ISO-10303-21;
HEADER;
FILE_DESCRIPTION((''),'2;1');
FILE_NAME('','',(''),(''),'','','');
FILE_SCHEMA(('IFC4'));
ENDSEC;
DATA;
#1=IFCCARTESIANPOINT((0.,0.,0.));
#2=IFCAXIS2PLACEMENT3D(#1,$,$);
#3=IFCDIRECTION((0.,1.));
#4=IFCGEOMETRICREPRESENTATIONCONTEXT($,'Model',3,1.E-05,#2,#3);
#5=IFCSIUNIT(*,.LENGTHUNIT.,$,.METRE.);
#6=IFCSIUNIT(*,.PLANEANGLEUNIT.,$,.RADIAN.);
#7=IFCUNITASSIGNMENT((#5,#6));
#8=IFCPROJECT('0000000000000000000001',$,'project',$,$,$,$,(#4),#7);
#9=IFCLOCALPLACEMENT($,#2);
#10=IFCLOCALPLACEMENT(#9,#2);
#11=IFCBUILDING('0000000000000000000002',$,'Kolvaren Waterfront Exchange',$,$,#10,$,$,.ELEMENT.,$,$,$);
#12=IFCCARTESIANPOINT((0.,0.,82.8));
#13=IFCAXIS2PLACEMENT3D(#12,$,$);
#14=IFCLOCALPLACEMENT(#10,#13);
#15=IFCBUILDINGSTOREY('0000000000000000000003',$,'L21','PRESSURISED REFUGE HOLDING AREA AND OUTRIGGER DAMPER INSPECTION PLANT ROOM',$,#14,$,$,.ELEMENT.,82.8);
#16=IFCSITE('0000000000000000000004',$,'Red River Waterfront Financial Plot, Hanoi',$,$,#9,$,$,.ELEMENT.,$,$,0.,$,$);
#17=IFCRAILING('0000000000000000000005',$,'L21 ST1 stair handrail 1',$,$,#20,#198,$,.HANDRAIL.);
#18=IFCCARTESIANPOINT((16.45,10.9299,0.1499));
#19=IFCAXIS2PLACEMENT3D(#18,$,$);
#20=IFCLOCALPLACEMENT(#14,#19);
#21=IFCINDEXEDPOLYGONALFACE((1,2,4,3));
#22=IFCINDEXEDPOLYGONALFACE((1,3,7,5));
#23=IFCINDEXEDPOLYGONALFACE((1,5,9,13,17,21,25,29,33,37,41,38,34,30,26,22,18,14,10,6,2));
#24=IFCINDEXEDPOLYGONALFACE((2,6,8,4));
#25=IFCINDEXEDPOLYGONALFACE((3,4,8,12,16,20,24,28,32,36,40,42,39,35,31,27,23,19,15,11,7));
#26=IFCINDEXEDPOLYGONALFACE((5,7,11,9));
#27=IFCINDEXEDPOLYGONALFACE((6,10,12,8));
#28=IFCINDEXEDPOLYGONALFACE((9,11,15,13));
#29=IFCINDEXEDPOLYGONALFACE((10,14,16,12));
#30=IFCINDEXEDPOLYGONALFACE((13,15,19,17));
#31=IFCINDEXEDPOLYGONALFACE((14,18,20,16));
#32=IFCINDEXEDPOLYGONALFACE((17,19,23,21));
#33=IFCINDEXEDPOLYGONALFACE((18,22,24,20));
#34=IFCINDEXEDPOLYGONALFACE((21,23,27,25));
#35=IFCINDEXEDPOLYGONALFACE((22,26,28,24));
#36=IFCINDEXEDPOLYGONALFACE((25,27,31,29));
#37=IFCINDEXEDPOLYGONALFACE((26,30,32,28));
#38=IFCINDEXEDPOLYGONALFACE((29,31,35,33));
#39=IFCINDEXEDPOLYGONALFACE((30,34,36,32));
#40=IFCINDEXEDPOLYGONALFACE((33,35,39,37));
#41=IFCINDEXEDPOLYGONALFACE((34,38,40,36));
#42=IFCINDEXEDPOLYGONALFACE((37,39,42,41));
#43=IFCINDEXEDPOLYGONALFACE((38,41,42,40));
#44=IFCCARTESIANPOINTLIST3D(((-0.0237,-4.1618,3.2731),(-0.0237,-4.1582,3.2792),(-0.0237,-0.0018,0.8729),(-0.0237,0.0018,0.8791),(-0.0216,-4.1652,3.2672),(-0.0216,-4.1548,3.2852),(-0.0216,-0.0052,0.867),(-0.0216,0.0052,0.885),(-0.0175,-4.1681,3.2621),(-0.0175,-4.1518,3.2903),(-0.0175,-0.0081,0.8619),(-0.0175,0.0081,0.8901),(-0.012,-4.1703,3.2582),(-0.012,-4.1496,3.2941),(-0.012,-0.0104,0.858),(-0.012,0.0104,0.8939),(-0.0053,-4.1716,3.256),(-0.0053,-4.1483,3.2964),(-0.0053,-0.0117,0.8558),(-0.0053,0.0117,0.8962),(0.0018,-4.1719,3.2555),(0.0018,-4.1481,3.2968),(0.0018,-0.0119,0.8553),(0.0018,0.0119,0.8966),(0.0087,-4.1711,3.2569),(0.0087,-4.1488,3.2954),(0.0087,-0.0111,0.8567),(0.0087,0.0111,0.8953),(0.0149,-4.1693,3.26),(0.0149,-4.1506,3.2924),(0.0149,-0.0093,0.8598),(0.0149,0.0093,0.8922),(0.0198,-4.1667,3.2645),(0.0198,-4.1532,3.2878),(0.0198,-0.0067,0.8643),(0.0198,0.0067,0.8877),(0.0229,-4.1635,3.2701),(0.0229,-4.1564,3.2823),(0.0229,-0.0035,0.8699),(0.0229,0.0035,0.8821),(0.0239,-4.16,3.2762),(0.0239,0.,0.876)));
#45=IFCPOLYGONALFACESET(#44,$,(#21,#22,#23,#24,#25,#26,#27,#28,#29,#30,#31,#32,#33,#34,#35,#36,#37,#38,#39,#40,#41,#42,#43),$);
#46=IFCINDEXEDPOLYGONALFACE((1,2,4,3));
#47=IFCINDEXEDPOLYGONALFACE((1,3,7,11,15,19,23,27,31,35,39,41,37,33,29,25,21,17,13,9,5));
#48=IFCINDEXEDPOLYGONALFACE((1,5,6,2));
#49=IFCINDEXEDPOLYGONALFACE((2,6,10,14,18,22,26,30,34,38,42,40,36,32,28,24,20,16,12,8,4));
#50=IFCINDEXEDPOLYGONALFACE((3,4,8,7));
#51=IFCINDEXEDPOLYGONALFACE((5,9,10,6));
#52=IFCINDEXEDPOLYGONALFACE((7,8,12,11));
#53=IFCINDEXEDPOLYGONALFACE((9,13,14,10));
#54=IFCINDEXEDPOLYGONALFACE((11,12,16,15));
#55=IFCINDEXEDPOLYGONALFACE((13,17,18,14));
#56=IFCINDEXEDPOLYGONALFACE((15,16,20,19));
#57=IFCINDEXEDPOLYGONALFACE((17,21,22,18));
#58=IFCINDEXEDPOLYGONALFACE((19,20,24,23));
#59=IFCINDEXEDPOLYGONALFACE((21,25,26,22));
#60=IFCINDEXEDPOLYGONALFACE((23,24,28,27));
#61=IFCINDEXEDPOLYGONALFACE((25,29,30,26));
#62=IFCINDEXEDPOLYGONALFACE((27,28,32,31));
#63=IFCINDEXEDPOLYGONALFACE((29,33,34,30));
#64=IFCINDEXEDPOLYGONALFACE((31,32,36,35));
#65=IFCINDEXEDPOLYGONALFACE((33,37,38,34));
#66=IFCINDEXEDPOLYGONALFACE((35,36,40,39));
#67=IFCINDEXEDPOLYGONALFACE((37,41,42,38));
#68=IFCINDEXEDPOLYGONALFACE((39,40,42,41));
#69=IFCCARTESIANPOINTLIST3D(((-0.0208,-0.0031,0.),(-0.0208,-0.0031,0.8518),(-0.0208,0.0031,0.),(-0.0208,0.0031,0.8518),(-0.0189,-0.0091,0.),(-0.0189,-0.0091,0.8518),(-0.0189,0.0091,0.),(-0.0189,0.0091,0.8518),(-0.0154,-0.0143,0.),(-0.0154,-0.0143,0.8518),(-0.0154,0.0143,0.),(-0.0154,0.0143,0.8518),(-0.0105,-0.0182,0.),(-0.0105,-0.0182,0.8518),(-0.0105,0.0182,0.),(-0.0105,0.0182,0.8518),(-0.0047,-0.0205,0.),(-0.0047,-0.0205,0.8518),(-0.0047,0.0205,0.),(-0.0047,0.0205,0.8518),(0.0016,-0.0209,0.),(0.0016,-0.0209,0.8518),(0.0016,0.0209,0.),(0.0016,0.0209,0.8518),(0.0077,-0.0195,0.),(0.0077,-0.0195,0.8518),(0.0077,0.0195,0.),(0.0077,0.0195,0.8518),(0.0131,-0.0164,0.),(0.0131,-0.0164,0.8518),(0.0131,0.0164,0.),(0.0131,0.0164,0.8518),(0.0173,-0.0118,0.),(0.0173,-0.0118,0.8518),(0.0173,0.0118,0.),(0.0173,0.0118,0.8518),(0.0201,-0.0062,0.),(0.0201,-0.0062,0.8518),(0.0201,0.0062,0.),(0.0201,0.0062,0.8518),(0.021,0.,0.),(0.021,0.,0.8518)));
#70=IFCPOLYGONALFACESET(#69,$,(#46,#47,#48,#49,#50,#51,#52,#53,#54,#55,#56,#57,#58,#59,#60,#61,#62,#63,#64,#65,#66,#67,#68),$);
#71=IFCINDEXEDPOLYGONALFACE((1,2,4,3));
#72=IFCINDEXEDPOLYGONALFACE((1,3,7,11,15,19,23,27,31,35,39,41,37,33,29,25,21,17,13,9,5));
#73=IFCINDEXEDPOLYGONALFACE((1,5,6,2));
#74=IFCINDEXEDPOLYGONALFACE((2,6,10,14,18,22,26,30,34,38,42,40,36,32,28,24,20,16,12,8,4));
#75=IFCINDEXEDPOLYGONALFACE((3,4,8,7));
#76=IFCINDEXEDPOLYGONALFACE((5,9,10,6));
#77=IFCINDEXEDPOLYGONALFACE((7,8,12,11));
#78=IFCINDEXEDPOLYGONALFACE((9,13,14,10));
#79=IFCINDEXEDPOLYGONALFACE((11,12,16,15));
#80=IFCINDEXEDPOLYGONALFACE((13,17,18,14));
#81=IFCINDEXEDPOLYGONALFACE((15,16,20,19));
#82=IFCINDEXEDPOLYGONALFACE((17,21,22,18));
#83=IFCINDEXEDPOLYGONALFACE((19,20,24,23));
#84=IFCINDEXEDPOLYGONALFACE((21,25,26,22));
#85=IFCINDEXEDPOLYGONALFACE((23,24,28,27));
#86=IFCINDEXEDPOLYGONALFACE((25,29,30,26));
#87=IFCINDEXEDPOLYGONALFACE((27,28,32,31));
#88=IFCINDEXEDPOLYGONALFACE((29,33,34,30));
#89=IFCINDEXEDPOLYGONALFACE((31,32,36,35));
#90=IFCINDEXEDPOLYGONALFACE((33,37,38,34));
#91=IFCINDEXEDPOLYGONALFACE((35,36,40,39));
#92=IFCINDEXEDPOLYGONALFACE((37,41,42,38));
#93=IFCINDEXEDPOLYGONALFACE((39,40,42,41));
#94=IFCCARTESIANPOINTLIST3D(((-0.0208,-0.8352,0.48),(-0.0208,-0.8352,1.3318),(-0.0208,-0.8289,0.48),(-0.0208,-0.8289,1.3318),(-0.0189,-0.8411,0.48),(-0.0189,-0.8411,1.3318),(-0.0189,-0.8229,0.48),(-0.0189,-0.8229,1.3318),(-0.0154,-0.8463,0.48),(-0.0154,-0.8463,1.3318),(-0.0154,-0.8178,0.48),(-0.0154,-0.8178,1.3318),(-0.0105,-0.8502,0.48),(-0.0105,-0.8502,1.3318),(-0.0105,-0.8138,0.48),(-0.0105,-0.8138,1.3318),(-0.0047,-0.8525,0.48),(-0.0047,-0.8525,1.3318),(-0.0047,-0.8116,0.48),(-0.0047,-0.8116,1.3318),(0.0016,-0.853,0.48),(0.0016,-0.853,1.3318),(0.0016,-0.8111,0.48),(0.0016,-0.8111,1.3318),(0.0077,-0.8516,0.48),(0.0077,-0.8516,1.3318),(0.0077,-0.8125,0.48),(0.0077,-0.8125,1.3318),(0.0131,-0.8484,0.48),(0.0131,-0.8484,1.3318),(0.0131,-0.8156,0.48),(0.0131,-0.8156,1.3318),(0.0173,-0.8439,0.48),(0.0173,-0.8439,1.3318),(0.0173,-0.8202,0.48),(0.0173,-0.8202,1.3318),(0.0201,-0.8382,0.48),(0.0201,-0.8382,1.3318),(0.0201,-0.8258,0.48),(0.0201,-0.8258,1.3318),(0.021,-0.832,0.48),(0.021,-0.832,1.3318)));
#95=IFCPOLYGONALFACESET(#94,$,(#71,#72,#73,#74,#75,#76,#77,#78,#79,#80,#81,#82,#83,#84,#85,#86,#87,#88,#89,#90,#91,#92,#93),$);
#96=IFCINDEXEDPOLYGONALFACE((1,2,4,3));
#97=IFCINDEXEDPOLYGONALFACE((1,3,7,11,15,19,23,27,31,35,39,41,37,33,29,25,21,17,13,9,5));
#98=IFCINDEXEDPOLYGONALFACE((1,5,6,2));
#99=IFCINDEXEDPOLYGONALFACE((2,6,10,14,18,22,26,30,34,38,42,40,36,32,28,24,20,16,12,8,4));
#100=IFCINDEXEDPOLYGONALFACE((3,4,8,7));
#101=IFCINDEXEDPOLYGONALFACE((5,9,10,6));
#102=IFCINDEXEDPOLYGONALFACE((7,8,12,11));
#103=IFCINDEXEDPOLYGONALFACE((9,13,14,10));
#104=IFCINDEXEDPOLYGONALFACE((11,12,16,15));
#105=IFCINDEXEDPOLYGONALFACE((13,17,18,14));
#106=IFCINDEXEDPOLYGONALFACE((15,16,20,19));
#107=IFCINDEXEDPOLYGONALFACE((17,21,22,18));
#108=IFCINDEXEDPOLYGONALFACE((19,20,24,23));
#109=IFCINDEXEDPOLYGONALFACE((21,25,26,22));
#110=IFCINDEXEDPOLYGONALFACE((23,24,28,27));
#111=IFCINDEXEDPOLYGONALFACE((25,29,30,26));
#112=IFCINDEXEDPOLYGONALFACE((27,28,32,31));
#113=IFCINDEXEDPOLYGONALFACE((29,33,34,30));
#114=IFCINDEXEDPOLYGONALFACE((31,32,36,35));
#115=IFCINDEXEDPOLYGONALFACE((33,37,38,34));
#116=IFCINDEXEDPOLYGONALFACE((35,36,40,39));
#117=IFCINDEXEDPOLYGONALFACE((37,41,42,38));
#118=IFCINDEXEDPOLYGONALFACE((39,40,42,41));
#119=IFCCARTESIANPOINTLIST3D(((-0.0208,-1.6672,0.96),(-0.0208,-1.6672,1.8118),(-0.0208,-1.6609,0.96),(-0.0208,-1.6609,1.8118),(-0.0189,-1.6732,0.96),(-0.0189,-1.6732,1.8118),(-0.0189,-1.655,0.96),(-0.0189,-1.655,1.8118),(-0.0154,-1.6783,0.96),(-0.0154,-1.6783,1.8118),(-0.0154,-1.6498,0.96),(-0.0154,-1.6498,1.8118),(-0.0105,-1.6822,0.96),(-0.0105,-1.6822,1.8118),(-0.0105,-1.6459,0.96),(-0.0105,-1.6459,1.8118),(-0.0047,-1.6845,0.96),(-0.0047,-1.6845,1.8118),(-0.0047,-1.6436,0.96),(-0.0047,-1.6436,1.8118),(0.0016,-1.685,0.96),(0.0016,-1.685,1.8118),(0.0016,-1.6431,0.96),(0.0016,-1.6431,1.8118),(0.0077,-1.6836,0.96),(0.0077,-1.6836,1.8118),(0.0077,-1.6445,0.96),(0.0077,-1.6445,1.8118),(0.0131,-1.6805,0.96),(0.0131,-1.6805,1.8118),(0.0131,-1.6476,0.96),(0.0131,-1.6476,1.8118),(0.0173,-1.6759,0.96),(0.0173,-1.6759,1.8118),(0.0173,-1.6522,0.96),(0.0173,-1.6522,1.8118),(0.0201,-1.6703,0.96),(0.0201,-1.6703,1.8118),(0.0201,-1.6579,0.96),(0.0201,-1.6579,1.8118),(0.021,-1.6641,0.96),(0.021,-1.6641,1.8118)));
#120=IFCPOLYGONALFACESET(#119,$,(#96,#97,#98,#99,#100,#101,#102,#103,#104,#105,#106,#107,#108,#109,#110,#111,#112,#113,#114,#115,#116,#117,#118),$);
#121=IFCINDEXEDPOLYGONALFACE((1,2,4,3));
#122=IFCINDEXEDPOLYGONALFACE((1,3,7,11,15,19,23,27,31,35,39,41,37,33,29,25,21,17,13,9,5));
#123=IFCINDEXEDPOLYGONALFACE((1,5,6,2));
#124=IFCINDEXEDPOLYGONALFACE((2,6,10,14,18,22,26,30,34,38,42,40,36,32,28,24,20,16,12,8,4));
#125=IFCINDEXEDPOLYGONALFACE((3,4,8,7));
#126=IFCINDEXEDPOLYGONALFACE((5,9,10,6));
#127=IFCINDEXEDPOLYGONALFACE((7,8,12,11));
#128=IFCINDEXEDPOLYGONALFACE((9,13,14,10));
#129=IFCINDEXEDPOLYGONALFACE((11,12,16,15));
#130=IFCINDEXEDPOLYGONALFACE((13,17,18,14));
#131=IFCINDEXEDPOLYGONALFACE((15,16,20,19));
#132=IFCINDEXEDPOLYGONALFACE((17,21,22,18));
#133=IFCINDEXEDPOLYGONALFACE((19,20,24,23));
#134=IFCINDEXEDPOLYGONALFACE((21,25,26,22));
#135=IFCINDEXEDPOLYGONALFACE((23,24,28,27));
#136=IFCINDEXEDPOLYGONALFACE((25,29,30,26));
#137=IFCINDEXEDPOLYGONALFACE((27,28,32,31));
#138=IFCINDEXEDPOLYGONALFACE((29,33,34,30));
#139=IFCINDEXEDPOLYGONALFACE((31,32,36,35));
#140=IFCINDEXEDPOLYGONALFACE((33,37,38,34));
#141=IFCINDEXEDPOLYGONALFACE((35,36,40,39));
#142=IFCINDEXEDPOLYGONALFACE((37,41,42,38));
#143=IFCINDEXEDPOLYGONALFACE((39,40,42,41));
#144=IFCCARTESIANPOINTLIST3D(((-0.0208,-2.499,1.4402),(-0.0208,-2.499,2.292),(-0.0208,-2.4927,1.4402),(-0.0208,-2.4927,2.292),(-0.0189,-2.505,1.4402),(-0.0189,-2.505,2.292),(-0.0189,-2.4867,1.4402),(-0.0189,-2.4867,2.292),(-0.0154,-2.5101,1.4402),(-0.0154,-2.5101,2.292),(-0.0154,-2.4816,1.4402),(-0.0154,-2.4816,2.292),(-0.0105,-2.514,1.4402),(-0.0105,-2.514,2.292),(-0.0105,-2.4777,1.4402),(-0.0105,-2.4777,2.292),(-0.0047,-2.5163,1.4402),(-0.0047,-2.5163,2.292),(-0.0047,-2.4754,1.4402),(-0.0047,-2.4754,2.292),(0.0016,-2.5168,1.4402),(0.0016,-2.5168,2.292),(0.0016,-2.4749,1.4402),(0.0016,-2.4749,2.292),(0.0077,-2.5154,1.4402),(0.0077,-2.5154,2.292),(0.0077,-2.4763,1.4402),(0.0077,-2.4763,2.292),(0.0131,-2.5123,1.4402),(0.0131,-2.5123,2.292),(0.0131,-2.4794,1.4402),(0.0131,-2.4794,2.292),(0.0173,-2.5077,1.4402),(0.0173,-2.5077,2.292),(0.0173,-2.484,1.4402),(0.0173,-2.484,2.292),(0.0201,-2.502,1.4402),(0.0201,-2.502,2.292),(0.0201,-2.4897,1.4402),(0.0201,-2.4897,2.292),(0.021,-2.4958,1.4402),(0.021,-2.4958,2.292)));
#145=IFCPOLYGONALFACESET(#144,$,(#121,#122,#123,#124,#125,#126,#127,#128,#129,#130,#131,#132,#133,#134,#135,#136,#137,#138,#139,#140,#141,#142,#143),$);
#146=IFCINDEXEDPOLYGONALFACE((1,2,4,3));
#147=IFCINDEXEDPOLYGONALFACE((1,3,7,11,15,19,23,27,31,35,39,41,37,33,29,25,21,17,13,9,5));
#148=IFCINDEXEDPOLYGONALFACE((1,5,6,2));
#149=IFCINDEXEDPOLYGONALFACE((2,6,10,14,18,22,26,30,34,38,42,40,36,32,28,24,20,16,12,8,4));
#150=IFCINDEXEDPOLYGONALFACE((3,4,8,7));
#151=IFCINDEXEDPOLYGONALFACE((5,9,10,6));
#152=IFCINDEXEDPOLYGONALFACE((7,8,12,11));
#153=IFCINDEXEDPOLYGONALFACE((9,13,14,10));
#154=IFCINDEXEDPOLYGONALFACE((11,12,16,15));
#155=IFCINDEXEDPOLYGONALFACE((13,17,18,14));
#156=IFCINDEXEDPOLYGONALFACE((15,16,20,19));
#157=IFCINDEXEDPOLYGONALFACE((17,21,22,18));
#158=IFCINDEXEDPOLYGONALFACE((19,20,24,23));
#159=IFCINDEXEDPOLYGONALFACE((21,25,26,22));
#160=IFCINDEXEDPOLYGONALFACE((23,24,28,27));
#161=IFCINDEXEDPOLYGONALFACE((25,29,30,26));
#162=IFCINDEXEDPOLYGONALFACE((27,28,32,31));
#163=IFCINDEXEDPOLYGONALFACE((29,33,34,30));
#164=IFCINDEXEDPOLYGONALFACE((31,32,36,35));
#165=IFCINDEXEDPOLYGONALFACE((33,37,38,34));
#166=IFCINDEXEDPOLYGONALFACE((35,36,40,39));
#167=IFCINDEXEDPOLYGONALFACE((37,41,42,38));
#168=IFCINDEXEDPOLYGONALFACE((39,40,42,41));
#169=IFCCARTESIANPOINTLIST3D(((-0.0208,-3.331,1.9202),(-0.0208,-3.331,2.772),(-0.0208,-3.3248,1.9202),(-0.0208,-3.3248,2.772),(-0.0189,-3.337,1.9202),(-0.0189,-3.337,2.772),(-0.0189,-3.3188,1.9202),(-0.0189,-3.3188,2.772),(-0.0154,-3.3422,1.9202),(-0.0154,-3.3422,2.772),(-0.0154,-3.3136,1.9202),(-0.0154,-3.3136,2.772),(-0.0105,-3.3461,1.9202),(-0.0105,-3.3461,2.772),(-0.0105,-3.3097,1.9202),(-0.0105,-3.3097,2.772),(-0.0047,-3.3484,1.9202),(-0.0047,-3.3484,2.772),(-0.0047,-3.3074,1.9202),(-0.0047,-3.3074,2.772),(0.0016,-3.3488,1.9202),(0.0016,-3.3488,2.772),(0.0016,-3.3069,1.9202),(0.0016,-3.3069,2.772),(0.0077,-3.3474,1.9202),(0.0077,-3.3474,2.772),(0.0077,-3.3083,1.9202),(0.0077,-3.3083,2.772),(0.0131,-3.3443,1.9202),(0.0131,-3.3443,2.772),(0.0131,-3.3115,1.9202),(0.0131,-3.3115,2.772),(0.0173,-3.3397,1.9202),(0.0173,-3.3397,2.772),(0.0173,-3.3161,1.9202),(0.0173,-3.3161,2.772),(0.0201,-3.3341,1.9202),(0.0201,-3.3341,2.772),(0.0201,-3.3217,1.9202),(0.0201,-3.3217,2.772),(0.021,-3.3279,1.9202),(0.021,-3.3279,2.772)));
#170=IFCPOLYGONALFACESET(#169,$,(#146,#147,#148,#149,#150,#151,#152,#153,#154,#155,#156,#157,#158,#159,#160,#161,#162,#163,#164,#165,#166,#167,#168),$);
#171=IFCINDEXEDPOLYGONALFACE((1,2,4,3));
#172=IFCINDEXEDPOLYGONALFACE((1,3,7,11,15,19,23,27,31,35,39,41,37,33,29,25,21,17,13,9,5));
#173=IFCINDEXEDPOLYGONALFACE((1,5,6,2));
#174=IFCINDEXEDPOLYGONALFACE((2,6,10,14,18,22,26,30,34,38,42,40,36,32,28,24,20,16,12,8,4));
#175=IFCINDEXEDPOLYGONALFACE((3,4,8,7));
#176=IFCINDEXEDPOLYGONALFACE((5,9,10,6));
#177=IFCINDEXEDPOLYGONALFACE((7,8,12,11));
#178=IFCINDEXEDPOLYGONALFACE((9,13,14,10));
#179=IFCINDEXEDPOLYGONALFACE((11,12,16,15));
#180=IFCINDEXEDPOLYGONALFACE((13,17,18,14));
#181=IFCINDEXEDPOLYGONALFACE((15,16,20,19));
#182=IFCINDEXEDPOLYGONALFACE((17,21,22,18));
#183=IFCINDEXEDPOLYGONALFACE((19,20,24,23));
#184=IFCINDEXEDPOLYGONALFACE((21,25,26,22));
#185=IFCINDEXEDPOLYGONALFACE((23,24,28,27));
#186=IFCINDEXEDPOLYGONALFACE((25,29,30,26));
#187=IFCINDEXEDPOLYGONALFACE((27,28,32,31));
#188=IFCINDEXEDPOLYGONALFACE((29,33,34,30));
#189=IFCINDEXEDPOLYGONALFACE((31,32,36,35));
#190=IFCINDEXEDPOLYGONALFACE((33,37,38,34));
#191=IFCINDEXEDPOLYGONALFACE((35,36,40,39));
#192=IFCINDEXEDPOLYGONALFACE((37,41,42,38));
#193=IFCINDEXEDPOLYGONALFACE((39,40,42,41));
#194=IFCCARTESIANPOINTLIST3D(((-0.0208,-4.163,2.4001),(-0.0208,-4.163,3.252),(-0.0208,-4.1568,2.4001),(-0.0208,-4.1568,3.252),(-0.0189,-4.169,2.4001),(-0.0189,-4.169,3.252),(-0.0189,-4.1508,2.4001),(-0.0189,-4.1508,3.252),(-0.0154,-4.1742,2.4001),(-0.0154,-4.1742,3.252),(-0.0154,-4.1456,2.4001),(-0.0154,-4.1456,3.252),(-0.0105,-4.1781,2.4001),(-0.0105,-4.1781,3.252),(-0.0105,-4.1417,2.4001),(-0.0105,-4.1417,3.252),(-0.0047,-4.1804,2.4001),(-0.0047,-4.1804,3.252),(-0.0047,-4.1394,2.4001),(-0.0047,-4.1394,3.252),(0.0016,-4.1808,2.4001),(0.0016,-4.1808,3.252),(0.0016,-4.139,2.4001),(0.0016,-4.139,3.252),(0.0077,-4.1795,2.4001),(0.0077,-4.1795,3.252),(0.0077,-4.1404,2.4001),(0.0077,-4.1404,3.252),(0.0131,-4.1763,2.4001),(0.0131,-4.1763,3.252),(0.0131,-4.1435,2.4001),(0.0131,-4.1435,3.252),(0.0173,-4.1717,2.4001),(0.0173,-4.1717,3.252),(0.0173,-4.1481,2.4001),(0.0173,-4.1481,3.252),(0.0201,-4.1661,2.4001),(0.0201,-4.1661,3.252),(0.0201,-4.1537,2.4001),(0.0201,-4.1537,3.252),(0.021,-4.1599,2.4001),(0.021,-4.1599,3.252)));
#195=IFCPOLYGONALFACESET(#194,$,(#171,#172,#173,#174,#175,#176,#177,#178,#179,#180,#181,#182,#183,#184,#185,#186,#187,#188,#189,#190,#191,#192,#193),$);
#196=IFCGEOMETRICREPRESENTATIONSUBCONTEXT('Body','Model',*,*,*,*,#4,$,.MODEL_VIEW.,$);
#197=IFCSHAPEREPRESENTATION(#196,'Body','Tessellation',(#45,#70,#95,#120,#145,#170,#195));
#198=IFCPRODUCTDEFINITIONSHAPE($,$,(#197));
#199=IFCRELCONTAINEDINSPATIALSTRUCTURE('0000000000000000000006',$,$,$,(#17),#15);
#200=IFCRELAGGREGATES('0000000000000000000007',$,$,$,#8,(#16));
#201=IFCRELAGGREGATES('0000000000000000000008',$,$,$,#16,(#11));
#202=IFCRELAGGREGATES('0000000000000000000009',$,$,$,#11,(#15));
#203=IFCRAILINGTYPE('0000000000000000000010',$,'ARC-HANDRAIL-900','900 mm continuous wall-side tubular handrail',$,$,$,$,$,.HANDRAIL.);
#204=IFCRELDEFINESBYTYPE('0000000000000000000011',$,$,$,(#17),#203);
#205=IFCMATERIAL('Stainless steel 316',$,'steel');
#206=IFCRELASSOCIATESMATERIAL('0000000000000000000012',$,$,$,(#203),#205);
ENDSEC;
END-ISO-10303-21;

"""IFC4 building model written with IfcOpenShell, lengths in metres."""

from ifc_helpers import new_model, si_unit, direction, frame, origin, origin_2d, place, context, subcontext, project, spatial, circle, extrude, material, type_object, element, save


model = new_model("IFC4")

# Units and contexts
model_context = context("Model", 3, precision=1e-05, world=origin(), true_north=direction((0.0, 1.0)))
body_context = subcontext(model_context, "Body", "Model", "MODEL_VIEW")
ifc_project = project(units=[si_unit("LENGTHUNIT", "METRE"), si_unit("PLANEANGLEUNIT", "RADIAN")], contexts=[model_context])

# Site, building, storey
site_placement = place(None, origin())
site = spatial("IfcSite", under=ifc_project, at=site_placement, Name="Red River Waterfront Financial Plot, Hanoi", CompositionType="ELEMENT", RefElevation=0.0)
building_placement = place(site_placement, origin())
building = spatial("IfcBuilding", under=site, at=building_placement, Name="Kolvaren Waterfront Exchange", CompositionType="ELEMENT")
storey_placement = place(building_placement, frame((0.0, 0.0, 82.8)))
storey = spatial("IfcBuildingStorey", under=building, at=storey_placement, Name="L21", Description="PRESSURISED REFUGE HOLDING AREA AND OUTRIGGER DAMPER INSPECTION PLANT ROOM", CompositionType="ELEMENT", Elevation=82.8)

# Railing
ifc_material_1 = material(Name="Stainless steel 316", Category="steel")
railing_type_1 = type_object("IfcRailingType", Name="ARC-HANDRAIL-900", Description="900 mm continuous wall-side tubular handrail", PredefinedType="HANDRAIL", material=ifc_material_1)
railing_1_placement = place(storey_placement, frame((16.45, 10.9299, 0.1499)))
element("IfcRailing", 1, at=railing_1_placement, inside=storey, type_object=railing_type_1, Name="L21 ST1 stair handrail 1", PredefinedType="HANDRAIL", context=body_context, shape_type="SweptSolid", body=[
    extrude(circle(Radius=0.0239, at=origin_2d()), frame((0.0, 0.0, 0.876), z_axis=(0.0, -0.866168, 0.499753), x_axis=(1.0, 0.0, 0.0)), (0.0, 0.0, 1.0), 4.8027),
    extrude(circle(Radius=0.021, at=origin_2d()), origin(), (0.0, 0.0, 1.0), 0.8518),
    extrude(circle(Radius=0.021, at=origin_2d()), frame((0.0, -0.832, 0.48)), (0.0, 0.0, 1.0), 0.8518),
    extrude(circle(Radius=0.021, at=origin_2d()), frame((0.0, -1.6641, 0.96)), (0.0, 0.0, 1.0), 0.8518),
    extrude(circle(Radius=0.021, at=origin_2d()), frame((0.0, -2.4958, 1.4402)), (0.0, 0.0, 1.0), 0.8518),
    extrude(circle(Radius=0.021, at=origin_2d()), frame((0.0, -3.3279, 1.9202)), (0.0, 0.0, 1.0), 0.8518),
    extrude(circle(Radius=0.021, at=origin_2d()), frame((0.0, -4.1599, 2.4001)), (0.0, 0.0, 1.0), 0.8518),
])

save(model, "model.ifc")
